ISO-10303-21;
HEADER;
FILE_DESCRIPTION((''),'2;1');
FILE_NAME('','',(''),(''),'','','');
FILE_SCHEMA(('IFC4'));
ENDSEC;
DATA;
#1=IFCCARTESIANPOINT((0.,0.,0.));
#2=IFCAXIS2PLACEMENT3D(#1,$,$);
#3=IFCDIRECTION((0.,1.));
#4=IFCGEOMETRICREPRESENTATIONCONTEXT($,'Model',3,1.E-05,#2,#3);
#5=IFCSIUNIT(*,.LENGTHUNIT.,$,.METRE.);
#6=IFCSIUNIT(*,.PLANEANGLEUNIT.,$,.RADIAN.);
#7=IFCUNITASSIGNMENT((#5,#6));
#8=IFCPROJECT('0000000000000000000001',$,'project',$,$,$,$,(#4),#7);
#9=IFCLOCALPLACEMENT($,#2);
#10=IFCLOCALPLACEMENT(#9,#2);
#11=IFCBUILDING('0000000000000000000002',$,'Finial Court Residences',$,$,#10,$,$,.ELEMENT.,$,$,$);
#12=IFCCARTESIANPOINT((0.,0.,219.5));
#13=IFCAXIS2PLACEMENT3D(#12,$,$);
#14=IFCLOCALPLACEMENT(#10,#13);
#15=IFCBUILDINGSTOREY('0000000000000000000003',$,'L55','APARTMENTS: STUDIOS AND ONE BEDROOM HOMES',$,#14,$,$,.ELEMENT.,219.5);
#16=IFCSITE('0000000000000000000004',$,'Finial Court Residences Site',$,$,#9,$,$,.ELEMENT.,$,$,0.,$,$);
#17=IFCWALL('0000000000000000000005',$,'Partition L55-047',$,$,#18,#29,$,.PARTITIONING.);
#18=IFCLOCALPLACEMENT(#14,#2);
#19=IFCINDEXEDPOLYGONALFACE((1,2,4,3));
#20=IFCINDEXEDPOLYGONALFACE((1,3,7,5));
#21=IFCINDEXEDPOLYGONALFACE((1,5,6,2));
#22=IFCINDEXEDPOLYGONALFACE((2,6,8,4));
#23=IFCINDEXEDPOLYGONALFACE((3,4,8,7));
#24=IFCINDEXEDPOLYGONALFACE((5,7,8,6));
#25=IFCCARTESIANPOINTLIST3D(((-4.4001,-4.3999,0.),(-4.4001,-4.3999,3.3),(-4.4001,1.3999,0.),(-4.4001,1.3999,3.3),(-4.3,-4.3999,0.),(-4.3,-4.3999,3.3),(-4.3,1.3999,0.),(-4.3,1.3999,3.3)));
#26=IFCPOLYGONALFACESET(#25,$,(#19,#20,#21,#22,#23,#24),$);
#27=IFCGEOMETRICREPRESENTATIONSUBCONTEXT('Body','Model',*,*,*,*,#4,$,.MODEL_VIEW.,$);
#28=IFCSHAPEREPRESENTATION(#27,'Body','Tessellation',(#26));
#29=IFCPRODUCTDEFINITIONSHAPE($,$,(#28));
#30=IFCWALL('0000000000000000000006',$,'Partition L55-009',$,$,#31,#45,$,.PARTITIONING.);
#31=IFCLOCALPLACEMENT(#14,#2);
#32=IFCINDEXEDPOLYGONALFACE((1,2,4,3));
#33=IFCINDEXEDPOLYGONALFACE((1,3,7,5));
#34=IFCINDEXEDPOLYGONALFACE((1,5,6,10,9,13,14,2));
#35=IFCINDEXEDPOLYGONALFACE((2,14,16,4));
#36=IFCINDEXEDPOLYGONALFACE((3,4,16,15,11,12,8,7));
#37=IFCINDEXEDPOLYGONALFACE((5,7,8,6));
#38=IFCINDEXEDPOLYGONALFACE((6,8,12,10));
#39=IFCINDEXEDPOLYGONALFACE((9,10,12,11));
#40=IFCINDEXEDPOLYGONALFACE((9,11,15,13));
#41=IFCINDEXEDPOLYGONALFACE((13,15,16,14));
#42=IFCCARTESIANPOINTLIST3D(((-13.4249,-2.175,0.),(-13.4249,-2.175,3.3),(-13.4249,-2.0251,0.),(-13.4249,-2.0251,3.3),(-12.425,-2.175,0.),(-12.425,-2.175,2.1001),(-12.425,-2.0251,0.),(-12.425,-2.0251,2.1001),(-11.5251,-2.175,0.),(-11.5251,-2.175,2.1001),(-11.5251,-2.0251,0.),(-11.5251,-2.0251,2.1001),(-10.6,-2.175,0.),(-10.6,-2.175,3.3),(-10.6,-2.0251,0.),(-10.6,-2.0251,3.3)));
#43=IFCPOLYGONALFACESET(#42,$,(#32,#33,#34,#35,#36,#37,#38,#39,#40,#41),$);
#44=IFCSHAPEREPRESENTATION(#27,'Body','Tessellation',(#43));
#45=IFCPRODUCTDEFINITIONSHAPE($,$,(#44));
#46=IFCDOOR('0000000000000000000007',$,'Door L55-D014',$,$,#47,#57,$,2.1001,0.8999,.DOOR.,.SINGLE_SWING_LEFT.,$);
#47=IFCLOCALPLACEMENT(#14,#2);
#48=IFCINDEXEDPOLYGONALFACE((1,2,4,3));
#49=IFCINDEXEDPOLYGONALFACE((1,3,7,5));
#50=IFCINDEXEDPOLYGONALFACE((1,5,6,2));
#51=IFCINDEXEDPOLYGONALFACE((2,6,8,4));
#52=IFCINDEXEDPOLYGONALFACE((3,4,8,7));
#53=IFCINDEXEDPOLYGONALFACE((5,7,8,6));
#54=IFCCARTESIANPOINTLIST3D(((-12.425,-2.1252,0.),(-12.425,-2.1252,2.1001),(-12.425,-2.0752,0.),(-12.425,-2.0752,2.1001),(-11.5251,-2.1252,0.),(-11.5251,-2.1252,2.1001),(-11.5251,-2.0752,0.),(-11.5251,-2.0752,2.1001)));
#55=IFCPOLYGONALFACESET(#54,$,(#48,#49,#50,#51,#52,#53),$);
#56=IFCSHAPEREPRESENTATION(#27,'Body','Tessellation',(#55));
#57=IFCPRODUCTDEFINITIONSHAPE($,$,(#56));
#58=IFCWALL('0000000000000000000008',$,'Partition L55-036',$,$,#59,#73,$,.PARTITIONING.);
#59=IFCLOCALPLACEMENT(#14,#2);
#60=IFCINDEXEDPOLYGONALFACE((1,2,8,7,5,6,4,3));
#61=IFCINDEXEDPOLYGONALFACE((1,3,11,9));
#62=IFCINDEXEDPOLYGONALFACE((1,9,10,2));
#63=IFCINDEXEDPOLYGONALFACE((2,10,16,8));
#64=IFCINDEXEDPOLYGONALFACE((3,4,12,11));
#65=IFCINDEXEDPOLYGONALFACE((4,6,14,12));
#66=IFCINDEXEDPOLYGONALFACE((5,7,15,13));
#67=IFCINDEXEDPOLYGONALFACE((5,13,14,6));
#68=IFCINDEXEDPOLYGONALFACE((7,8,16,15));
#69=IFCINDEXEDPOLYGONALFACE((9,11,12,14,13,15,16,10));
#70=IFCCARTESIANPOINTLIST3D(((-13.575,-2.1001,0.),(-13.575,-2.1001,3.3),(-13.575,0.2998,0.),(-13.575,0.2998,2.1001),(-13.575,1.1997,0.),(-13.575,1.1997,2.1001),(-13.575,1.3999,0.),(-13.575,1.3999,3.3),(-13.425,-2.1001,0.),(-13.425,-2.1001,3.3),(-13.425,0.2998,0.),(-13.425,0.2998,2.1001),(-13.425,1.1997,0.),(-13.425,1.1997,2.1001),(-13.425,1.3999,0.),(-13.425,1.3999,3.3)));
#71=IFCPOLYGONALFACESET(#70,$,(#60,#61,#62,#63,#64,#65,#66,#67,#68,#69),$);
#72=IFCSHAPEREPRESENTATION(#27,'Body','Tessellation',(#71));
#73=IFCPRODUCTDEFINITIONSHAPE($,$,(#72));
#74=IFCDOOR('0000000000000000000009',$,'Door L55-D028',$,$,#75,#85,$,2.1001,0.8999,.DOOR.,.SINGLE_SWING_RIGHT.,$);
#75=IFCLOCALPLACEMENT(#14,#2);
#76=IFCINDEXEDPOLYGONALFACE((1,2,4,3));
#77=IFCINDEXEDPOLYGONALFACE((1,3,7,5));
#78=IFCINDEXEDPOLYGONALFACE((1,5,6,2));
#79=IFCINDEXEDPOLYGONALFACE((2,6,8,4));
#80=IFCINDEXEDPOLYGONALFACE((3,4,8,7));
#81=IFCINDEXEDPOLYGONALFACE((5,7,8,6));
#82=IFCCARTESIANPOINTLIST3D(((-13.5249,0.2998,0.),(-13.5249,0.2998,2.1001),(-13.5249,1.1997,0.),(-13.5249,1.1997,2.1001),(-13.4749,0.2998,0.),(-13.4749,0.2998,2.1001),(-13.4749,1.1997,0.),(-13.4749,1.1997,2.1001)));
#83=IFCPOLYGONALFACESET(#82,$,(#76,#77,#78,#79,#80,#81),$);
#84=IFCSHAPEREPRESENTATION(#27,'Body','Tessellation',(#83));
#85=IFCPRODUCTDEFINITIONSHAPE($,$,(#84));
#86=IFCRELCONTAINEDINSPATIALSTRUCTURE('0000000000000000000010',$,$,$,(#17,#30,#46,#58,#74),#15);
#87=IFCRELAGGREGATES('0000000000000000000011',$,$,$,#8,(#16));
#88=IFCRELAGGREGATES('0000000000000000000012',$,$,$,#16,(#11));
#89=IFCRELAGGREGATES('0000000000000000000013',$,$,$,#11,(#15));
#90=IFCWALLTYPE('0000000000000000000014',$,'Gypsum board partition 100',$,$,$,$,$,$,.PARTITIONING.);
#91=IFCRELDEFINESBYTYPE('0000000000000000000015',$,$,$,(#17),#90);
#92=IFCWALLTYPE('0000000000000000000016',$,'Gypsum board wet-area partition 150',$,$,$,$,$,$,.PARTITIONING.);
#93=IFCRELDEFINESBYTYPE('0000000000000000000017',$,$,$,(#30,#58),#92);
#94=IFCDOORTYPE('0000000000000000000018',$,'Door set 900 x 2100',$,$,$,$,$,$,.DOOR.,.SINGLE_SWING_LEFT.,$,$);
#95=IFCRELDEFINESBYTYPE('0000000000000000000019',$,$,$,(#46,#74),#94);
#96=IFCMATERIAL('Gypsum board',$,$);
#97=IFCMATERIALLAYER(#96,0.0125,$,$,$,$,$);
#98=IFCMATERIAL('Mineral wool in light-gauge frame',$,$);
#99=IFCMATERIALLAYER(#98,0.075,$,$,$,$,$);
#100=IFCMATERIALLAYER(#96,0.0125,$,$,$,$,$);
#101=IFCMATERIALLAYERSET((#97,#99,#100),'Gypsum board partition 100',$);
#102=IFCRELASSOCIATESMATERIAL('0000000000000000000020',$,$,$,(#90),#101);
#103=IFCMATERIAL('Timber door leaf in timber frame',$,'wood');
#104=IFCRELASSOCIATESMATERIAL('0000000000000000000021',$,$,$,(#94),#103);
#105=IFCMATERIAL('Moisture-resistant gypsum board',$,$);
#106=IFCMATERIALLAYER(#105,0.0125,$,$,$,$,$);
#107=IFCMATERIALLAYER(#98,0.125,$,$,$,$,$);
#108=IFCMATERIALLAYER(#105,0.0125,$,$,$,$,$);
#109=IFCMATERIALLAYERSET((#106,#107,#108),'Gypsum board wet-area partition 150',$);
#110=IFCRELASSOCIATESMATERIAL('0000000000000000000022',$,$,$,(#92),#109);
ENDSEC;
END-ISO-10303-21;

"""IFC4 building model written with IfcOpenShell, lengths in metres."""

from ifc_helpers import new_model, si_unit, direction, frame, frame_2d, origin, place, context, subcontext, project, spatial, rectangle, extrude, material, layer, layer_set, type_object, element, fill, save


model = new_model("IFC4")

# Units and contexts
model_context = context("Model", 3, precision=1e-05, world=origin(), true_north=direction((0.0, 1.0)))
body_context = subcontext(model_context, "Body", "Model", "MODEL_VIEW")
ifc_project = project(units=[si_unit("LENGTHUNIT", "METRE"), si_unit("PLANEANGLEUNIT", "RADIAN")], contexts=[model_context])

# Site, building, storey
site_placement = place(None, origin())
site = spatial("IfcSite", under=ifc_project, at=site_placement, Name="Finial Court Residences Site", CompositionType="ELEMENT", RefElevation=0.0)
building_placement = place(site_placement, origin())
building = spatial("IfcBuilding", under=site, at=building_placement, Name="Finial Court Residences", CompositionType="ELEMENT")
storey_placement = place(building_placement, frame((0.0, 0.0, 219.5)))
storey = spatial("IfcBuildingStorey", under=building, at=storey_placement, Name="L55", Description="APARTMENTS: STUDIOS AND ONE BEDROOM HOMES", CompositionType="ELEMENT", Elevation=219.5)

# Shared definitions
ifc_material_1 = material(Name="Gypsum board")

# Shared definitions
ifc_layer_1 = layer(ifc_material_1, 0.0125)
ifc_material_2 = material(Name="Mineral wool in light-gauge frame")
ifc_layer_2 = layer(ifc_material_2, 0.075)
ifc_layer_3 = layer(ifc_material_1, 0.0125)
ifc_layer_set_1 = layer_set([ifc_layer_1, ifc_layer_2, ifc_layer_3], Name="Gypsum board partition 100")
wall_type_1 = type_object("IfcWallType", Name="Gypsum board partition 100", PredefinedType="PARTITIONING", material=ifc_layer_set_1)
ifc_material_3 = material(Name="Timber door leaf in timber frame", Category="wood")
door_type_1 = type_object("IfcDoorType", Name="Door set 900 x 2100", OperationType="SINGLE_SWING_LEFT", PredefinedType="DOOR", material=ifc_material_3)

# Wall
wall_1_placement = place(storey_placement, frame((-4.3501, -4.3999, 0.0), z_axis=(0.0, 0.0, 1.0), x_axis=(0.0, 1.0, 0.0)))
element("IfcWall", 1, at=wall_1_placement, inside=storey, type_object=wall_type_1, Name="Partition L55-047", PredefinedType="PARTITIONING", context=body_context, shape_type="SweptSolid", body=[
    extrude(rectangle(XDim=5.7998, YDim=0.1001, at=frame_2d((2.8999, 0.0))), origin(), (0.0, 0.0, 1.0), 3.3),
])

# Walls, openings, doors
ifc_material_4 = material(Name="Moisture-resistant gypsum board")
ifc_layer_4 = layer(ifc_material_4, 0.0125)
ifc_layer_5 = layer(ifc_material_2, 0.125)
ifc_layer_6 = layer(ifc_material_4, 0.0125)
ifc_layer_set_2 = layer_set([ifc_layer_4, ifc_layer_5, ifc_layer_6], Name="Gypsum board wet-area partition 150")
wall_type_2 = type_object("IfcWallType", Name="Gypsum board wet-area partition 150", PredefinedType="PARTITIONING", material=ifc_layer_set_2)
wall_2_placement = place(storey_placement, frame((-13.425, -2.1001, 0.0), z_axis=(0.0, 0.0, 1.0), x_axis=(1.0, 0.0, 0.0)))
wall_2 = element("IfcWall", 2, at=wall_2_placement, inside=storey, type_object=wall_type_2, Name="Partition L55-009", PredefinedType="PARTITIONING", context=body_context, shape_type="SweptSolid", body=[
    extrude(rectangle(XDim=2.825, YDim=0.1499, at=frame_2d((1.4126, 0.0))), origin(), (0.0, 0.0, 1.0), 3.3),
])
opening_1_placement = place(wall_2_placement, frame((1.0, 0.0, 0.0)))
opening_1 = element("IfcOpeningElement", 3, at=opening_1_placement, cuts=wall_2, PredefinedType="OPENING", context=body_context, shape_type="SweptSolid", body=[
    extrude(rectangle(XDim=0.8999, YDim=2.1001, at=frame_2d((0.45, 1.05))), frame((0.0, 0.085, 0.0), z_axis=(0.0, -1.0, 0.0), x_axis=(1.0, 0.0, 0.0)), (0.0, 0.0, 1.0), 0.1699),
])
door_1_placement = place(opening_1_placement, origin())
door_1 = element("IfcDoor", 4, at=door_1_placement, inside=storey, type_object=door_type_1, Name="Door L55-D014", OperationType="SINGLE_SWING_LEFT", OverallHeight=2.1001, OverallWidth=0.8999, PredefinedType="DOOR", context=body_context, shape_type="SweptSolid", body=[
    extrude(rectangle(XDim=0.8999, YDim=2.1001, at=frame_2d((0.45, 1.05))), frame((0.0, 0.0249, 0.0), z_axis=(0.0, -1.0, 0.0), x_axis=(1.0, 0.0, 0.0)), (0.0, 0.0, 1.0), 0.05),
])
fill(opening_1, door_1)
wall_3_placement = place(storey_placement, frame((-13.5, -2.1001, 0.0), z_axis=(0.0, 0.0, 1.0), x_axis=(0.0, 1.0, 0.0)))
wall_3 = element("IfcWall", 5, at=wall_3_placement, inside=storey, type_object=wall_type_2, Name="Partition L55-036", PredefinedType="PARTITIONING", context=body_context, shape_type="SweptSolid", body=[
    extrude(rectangle(XDim=3.5, YDim=0.1499, at=frame_2d((1.75, 0.0))), origin(), (0.0, 0.0, 1.0), 3.3),
])
opening_2_placement = place(wall_3_placement, frame((2.3999, 0.0, 0.0)))
opening_2 = element("IfcOpeningElement", 6, at=opening_2_placement, cuts=wall_3, PredefinedType="OPENING", context=body_context, shape_type="SweptSolid", body=[
    extrude(rectangle(XDim=0.8999, YDim=2.1001, at=frame_2d((0.45, 1.05))), frame((0.0, 0.085, 0.0), z_axis=(0.0, -1.0, 0.0), x_axis=(1.0, 0.0, 0.0)), (0.0, 0.0, 1.0), 0.1699),
])
door_2_placement = place(opening_2_placement, origin())
door_2 = element("IfcDoor", 7, at=door_2_placement, inside=storey, type_object=door_type_1, Name="Door L55-D028", OperationType="SINGLE_SWING_RIGHT", OverallHeight=2.1001, OverallWidth=0.8999, PredefinedType="DOOR", context=body_context, shape_type="SweptSolid", body=[
    extrude(rectangle(XDim=0.8999, YDim=2.1001, at=frame_2d((0.45, 1.05))), frame((0.0, 0.0249, 0.0), z_axis=(0.0, -1.0, 0.0), x_axis=(1.0, 0.0, 0.0)), (0.0, 0.0, 1.0), 0.05),
])
fill(opening_2, door_2)

save(model, "model.ifc")
